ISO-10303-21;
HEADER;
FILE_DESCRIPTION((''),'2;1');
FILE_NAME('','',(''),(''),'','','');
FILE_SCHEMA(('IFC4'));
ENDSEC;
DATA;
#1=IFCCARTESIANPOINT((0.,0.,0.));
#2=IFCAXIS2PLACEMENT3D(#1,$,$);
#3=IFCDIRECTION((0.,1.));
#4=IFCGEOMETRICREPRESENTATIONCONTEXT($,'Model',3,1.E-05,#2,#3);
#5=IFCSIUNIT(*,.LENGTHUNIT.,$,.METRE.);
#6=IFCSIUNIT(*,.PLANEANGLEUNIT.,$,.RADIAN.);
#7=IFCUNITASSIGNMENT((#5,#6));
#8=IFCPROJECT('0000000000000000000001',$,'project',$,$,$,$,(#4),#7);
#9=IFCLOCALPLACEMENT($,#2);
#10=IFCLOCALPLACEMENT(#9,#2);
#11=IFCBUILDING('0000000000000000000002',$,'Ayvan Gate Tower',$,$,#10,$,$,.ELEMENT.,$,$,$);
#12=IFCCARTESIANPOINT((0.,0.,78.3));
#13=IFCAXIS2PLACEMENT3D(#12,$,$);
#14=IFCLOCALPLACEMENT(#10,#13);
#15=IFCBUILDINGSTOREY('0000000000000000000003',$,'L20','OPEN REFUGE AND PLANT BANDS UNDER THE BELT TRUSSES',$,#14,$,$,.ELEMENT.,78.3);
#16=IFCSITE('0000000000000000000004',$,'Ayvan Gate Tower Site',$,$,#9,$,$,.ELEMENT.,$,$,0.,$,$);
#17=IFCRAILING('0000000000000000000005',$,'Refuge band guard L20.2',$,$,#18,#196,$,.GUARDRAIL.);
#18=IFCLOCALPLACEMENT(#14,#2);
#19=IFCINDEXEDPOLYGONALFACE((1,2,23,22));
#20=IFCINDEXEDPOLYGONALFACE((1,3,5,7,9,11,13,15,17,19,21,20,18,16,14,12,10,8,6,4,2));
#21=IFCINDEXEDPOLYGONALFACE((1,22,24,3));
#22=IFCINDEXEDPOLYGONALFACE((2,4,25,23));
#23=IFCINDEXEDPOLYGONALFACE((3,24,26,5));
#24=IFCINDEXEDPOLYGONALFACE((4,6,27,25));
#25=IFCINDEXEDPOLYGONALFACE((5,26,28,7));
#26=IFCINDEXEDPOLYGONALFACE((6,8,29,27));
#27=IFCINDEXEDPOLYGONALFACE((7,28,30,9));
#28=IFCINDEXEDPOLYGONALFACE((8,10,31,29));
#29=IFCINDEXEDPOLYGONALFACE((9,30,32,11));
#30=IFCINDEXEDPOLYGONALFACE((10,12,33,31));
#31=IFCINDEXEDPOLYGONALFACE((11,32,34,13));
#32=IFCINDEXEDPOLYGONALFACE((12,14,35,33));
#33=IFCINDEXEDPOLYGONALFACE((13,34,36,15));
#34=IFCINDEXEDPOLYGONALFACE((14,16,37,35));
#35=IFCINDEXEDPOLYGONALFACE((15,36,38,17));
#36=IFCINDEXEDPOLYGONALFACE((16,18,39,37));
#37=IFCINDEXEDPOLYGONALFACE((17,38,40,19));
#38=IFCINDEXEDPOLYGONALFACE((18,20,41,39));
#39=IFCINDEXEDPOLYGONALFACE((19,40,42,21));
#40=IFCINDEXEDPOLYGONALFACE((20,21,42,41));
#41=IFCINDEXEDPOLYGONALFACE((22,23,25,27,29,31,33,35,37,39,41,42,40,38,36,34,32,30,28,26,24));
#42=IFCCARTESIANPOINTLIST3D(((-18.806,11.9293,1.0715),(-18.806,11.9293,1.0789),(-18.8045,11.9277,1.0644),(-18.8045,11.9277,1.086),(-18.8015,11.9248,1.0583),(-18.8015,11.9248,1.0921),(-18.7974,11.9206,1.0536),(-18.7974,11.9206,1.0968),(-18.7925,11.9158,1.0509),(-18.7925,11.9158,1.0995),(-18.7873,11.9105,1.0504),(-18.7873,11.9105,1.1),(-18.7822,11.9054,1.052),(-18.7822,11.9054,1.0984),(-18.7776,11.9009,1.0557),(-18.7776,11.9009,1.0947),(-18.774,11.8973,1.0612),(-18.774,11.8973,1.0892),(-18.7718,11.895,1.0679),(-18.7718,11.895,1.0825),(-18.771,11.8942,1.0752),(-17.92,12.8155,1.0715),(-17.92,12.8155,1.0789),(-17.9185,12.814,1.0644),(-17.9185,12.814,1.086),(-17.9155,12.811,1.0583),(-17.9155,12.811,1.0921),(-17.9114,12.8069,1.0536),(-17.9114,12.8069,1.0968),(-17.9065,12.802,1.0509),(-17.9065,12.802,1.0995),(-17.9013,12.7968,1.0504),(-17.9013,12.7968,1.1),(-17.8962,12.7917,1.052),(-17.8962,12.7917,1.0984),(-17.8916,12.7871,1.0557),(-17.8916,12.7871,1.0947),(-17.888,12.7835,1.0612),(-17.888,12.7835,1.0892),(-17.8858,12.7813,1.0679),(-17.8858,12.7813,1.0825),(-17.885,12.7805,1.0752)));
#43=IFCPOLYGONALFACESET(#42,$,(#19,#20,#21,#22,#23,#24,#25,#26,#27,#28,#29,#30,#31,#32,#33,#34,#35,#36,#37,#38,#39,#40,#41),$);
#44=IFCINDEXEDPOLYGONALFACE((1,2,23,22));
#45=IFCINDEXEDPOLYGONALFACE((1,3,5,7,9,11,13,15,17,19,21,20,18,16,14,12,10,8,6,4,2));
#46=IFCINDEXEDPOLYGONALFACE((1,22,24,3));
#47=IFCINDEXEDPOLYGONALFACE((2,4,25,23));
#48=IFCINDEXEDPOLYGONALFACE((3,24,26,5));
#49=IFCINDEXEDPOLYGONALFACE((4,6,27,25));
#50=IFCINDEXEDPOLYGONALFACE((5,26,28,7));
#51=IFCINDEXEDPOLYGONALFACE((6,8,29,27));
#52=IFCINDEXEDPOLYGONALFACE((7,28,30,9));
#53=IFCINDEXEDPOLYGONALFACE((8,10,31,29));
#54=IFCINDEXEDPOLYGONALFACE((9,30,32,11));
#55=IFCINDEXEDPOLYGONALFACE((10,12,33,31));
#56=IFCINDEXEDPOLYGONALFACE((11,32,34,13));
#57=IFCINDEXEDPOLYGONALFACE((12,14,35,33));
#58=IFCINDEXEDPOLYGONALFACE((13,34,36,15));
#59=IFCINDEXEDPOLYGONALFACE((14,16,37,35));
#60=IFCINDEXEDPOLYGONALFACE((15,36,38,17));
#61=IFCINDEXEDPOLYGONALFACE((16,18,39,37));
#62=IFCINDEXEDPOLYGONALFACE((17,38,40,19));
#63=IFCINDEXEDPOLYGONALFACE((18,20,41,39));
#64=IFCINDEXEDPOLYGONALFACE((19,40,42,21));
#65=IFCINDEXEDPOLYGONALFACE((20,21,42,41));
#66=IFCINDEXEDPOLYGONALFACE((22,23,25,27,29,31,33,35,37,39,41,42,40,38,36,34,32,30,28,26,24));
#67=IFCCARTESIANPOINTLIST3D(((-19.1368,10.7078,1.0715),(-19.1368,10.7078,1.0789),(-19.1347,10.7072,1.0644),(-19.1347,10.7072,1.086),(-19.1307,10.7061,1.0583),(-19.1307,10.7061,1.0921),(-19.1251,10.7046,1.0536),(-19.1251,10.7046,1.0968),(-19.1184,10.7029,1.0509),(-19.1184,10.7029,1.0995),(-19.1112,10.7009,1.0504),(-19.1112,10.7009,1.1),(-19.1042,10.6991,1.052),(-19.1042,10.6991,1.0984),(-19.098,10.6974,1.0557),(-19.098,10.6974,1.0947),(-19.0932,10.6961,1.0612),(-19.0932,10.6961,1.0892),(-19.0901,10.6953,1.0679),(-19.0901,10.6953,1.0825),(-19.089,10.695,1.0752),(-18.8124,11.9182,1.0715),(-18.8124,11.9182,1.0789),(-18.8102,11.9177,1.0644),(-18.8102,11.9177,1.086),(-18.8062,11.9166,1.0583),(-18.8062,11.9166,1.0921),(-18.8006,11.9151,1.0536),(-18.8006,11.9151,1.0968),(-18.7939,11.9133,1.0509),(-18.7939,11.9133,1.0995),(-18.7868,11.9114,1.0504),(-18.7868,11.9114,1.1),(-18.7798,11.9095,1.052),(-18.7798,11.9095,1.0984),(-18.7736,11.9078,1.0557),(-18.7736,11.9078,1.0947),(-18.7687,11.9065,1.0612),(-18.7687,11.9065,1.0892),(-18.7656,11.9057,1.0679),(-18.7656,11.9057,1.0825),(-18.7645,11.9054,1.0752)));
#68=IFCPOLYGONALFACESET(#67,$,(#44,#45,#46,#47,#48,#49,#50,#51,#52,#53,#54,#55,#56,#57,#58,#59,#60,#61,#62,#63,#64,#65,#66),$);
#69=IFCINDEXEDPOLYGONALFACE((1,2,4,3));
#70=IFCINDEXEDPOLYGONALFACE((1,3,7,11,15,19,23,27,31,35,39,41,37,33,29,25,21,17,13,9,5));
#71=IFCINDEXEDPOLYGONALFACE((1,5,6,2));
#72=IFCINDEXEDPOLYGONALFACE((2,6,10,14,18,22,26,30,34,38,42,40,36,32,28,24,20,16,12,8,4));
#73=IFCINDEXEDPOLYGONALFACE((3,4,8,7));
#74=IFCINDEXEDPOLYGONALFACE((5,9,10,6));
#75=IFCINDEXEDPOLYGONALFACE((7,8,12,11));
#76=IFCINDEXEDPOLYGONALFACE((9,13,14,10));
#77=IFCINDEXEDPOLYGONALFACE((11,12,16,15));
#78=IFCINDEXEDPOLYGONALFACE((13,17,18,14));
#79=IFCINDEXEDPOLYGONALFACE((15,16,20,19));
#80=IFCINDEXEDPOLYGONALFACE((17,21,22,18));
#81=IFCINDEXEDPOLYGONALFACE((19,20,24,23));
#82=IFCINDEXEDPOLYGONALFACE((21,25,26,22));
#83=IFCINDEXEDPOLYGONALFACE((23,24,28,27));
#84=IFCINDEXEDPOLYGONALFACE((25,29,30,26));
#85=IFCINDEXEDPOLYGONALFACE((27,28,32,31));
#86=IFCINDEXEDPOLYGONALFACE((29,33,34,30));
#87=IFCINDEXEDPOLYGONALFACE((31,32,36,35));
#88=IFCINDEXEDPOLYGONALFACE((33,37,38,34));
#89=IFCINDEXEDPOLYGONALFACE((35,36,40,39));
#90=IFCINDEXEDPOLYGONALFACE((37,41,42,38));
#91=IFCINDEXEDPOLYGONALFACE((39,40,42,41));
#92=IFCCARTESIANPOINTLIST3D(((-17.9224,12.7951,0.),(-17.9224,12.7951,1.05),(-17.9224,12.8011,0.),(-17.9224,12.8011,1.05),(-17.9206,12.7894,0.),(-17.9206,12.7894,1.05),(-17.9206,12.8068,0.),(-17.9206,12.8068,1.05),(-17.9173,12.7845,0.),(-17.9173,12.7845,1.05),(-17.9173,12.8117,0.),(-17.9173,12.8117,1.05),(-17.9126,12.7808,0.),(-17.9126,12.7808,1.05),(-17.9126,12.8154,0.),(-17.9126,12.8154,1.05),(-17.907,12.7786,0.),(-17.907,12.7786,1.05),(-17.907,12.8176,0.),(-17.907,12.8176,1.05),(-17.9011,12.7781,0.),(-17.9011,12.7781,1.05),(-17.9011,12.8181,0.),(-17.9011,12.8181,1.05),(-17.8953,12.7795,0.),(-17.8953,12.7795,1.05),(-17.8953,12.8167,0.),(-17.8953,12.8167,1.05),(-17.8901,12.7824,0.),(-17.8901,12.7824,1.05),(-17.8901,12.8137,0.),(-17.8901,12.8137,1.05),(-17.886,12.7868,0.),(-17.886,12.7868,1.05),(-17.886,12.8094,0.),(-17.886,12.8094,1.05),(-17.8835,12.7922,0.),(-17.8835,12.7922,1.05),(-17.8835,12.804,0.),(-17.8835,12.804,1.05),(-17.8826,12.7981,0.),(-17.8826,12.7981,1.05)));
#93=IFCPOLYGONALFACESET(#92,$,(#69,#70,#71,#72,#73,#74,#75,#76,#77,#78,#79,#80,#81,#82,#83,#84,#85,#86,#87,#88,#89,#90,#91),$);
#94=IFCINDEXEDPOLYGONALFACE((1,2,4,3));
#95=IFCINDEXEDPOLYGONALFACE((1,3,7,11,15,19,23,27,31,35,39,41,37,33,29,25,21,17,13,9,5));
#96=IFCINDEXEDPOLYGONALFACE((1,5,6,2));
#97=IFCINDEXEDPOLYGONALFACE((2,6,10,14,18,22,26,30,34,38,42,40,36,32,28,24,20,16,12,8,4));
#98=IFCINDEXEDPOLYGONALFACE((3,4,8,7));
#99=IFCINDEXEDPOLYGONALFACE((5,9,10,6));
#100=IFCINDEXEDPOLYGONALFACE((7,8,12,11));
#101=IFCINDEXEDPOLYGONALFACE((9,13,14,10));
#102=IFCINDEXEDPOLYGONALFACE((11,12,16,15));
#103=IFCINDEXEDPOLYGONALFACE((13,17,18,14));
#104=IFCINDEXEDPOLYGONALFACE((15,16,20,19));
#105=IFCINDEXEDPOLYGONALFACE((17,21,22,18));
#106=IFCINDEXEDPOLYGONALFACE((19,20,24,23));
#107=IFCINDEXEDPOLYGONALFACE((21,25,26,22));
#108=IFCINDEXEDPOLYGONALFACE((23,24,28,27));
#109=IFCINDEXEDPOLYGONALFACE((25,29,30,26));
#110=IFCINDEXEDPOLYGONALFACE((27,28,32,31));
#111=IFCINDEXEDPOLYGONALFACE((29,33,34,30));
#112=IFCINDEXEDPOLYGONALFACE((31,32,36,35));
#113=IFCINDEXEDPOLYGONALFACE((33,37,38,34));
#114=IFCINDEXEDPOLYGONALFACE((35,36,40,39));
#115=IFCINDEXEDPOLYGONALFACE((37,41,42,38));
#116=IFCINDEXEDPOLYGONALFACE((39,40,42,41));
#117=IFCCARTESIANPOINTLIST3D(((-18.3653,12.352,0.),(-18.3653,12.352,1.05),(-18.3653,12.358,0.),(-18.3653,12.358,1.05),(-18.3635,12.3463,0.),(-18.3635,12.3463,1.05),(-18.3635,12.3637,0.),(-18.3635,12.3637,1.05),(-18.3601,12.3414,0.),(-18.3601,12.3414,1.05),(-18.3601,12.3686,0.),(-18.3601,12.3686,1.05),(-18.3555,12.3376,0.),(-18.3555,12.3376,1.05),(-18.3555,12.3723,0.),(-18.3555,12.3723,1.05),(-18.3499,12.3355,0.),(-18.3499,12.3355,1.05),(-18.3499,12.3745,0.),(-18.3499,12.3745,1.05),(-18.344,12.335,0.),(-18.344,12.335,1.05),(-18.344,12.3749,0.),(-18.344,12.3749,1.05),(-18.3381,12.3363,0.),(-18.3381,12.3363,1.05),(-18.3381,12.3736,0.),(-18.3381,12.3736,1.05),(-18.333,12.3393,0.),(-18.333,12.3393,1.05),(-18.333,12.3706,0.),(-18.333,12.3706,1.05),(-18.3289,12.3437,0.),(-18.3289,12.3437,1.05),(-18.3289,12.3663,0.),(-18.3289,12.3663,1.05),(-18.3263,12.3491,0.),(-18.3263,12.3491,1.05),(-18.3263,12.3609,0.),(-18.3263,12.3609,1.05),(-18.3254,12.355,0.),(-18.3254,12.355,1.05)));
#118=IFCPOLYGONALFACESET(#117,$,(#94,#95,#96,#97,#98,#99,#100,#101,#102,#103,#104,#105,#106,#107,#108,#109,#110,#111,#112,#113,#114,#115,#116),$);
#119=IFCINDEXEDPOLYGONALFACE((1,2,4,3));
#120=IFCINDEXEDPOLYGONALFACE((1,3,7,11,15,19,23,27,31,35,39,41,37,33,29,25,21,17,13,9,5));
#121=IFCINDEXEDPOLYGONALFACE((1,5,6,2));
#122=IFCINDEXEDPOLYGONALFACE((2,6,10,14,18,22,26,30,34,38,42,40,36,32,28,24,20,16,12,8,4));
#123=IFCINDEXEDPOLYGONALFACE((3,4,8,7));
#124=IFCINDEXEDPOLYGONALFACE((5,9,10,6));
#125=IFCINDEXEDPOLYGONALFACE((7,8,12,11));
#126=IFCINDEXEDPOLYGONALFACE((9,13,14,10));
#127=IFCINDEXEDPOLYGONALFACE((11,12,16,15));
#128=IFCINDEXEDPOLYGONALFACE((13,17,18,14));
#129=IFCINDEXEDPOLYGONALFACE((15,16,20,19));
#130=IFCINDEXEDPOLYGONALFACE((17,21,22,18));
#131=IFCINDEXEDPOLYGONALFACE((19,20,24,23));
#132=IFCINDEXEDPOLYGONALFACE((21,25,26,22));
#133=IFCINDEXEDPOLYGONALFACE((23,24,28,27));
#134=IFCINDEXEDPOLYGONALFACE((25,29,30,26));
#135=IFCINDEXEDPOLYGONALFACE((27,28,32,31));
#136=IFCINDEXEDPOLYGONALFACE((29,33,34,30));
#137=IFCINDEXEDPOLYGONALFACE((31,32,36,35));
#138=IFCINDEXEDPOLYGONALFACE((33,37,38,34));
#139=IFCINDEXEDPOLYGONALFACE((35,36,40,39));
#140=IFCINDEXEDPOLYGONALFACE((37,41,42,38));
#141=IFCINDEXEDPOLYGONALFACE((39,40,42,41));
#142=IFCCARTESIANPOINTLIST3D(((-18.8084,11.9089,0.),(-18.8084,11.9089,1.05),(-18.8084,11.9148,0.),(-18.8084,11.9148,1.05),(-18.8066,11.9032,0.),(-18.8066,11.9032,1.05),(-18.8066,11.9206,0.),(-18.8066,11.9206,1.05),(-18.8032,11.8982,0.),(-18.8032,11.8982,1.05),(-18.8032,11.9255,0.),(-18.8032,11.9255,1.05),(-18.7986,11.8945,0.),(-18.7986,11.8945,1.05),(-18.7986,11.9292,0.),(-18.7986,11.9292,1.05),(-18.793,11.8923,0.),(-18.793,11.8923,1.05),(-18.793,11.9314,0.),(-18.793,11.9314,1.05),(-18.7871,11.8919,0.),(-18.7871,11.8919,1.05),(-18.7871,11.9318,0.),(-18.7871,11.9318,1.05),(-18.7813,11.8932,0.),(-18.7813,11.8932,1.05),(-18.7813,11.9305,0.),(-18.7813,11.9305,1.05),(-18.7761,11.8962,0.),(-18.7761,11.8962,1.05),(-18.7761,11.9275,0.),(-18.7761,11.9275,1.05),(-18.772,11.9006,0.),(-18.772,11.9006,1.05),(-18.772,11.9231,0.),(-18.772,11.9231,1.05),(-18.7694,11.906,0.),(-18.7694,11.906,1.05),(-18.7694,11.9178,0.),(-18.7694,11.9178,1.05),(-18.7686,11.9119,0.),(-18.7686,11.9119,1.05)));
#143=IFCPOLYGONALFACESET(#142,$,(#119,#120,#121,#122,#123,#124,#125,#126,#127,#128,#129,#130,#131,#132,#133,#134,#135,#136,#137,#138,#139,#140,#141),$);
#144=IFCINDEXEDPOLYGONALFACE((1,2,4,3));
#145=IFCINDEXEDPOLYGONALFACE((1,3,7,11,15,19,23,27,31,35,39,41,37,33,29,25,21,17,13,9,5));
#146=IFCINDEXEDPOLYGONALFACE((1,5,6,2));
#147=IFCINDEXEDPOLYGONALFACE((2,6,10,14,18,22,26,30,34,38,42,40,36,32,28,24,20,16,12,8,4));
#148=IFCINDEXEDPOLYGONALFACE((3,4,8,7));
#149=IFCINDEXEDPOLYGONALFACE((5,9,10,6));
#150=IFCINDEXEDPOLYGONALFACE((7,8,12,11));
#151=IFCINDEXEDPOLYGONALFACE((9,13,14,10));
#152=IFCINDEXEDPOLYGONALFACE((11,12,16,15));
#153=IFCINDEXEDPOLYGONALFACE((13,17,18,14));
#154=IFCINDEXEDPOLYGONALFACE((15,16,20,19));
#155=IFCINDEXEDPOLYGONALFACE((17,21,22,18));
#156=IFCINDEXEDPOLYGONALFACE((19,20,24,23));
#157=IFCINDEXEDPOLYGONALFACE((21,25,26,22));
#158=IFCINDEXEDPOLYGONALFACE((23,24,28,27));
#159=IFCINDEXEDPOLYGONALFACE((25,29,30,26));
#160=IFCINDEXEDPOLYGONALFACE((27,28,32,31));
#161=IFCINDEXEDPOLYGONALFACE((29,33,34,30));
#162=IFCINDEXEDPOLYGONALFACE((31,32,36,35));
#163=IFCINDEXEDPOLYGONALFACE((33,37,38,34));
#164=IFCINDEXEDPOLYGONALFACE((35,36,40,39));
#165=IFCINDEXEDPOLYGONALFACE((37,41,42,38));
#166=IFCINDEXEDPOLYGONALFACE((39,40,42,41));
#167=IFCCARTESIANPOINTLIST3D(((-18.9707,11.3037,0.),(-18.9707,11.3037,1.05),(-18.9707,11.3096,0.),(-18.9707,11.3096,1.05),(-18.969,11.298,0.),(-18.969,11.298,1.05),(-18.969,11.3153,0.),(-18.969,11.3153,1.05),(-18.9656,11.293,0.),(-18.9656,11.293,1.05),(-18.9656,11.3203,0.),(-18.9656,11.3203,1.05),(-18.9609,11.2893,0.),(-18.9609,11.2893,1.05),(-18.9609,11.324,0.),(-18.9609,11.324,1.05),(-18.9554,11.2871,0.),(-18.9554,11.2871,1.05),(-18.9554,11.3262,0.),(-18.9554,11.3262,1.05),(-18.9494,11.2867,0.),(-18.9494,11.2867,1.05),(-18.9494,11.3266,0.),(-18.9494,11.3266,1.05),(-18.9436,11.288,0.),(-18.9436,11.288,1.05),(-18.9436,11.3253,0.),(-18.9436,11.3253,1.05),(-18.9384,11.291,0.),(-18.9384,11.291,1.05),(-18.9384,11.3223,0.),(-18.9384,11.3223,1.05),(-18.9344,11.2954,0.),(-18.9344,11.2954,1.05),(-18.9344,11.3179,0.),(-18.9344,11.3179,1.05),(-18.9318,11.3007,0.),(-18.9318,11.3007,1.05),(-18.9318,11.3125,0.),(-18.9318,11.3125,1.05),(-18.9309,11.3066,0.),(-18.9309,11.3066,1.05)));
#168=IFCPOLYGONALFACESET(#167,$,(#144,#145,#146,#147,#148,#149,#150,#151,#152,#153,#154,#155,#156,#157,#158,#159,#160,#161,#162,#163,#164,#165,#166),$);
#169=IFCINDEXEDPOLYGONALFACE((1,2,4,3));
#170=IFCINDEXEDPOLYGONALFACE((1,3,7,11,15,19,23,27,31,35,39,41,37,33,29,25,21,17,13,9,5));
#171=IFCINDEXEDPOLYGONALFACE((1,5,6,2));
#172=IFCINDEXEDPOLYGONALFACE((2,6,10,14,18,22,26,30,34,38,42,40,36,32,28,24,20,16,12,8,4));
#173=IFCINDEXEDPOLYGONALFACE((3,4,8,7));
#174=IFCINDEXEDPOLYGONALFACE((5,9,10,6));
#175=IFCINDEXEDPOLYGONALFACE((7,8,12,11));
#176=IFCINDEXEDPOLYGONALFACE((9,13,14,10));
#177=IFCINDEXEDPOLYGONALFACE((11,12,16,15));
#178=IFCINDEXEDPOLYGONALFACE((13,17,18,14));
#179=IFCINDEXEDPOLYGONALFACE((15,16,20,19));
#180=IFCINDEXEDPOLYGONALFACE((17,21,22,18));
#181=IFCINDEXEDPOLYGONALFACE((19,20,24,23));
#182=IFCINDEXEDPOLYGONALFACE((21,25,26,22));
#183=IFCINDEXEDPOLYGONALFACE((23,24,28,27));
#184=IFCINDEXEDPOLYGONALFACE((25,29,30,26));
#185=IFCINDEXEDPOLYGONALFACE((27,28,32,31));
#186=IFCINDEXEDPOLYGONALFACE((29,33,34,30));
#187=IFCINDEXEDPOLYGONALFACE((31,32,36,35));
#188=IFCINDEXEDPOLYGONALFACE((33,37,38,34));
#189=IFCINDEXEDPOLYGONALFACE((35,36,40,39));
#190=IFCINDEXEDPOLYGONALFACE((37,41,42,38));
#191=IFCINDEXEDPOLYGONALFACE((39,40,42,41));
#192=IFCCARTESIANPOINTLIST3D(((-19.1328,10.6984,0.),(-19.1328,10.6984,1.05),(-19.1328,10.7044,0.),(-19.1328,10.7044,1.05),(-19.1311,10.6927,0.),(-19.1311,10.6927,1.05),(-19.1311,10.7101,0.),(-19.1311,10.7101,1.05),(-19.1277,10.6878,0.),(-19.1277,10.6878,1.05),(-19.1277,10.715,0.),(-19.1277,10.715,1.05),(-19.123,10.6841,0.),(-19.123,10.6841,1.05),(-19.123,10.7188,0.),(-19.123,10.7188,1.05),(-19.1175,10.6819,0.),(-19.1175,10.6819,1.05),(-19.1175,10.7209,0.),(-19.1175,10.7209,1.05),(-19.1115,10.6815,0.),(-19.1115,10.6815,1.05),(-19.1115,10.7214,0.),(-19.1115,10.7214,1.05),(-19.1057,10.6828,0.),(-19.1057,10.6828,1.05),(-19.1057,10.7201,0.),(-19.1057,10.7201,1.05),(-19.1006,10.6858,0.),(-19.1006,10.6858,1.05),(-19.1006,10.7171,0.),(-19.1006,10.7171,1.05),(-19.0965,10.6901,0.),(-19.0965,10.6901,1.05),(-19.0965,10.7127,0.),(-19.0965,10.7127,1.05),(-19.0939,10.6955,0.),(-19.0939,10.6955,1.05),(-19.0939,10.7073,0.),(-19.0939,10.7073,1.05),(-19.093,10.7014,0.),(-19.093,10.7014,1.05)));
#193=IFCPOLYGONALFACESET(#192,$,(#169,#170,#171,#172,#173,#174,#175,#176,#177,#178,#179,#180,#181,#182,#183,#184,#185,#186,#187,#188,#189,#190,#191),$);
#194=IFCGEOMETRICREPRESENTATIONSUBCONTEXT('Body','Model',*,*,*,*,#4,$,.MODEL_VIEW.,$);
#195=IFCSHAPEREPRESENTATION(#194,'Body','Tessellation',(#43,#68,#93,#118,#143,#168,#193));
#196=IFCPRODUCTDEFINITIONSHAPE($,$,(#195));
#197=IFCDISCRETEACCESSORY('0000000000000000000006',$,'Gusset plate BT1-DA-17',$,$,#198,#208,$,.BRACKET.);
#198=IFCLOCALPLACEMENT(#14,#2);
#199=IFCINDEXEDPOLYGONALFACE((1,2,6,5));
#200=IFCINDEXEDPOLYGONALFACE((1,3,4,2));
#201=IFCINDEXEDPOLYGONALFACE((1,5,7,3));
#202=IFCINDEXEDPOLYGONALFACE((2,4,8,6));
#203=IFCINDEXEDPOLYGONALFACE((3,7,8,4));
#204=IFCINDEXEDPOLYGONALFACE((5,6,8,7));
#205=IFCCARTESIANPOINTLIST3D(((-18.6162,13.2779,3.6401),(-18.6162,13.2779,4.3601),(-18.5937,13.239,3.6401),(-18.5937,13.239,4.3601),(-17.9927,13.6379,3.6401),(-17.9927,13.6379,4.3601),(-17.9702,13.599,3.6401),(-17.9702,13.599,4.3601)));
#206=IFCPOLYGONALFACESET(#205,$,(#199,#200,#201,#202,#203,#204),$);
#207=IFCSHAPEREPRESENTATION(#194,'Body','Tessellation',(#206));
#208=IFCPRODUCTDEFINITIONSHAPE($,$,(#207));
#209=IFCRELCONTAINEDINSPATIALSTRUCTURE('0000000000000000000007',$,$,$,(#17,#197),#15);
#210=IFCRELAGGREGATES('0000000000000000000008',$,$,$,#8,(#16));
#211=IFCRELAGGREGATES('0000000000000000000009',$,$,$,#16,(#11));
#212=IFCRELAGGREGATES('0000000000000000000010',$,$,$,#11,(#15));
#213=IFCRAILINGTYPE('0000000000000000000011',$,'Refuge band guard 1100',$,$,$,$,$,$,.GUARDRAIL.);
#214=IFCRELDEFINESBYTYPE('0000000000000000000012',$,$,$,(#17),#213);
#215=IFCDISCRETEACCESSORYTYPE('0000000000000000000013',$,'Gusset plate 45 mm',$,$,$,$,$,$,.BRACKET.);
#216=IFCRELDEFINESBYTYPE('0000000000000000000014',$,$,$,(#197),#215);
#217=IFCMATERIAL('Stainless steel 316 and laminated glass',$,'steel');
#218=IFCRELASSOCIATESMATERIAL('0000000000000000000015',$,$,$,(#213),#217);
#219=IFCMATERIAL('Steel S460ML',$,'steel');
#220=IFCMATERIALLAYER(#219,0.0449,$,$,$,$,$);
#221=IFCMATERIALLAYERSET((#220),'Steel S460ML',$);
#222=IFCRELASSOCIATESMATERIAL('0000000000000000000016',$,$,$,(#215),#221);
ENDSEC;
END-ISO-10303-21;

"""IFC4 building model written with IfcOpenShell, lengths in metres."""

from ifc_helpers import new_model, si_unit, direction, frame, origin, origin_2d, place, context, subcontext, project, spatial, rectangle, circle, extrude, material, layer, layer_set, type_object, element, save


model = new_model("IFC4")

# Units and contexts
model_context = context("Model", 3, precision=1e-05, world=origin(), true_north=direction((0.0, 1.0)))
body_context = subcontext(model_context, "Body", "Model", "MODEL_VIEW")
ifc_project = project(units=[si_unit("LENGTHUNIT", "METRE"), si_unit("PLANEANGLEUNIT", "RADIAN")], contexts=[model_context])

# Site, building, storey
site_placement = place(None, origin())
site = spatial("IfcSite", under=ifc_project, at=site_placement, Name="Ayvan Gate Tower Site", CompositionType="ELEMENT", RefElevation=0.0)
building_placement = place(site_placement, origin())
building = spatial("IfcBuilding", under=site, at=building_placement, Name="Ayvan Gate Tower", CompositionType="ELEMENT")
storey_placement = place(building_placement, frame((0.0, 0.0, 78.3)))
storey = spatial("IfcBuildingStorey", under=building, at=storey_placement, Name="L20", Description="OPEN REFUGE AND PLANT BANDS UNDER THE BELT TRUSSES", CompositionType="ELEMENT", Elevation=78.3)

# Shared definitions
ifc_material_1 = material(Name="Steel S460ML", Category="steel")

# Railing
ifc_material_2 = material(Name="Stainless steel 316 and laminated glass", Category="steel")
railing_type = type_object("IfcRailingType", Name="Refuge band guard 1100", PredefinedType="GUARDRAIL", material=ifc_material_2)
railing_1_placement = place(storey_placement, frame((-17.9026, 12.7981, 0.0)))
element("IfcRailing", 1, at=railing_1_placement, inside=storey, type_object=railing_type, Name="Refuge band guard L20.2", PredefinedType="GUARDRAIL", context=body_context, shape_type="SweptSolid", body=[
    extrude(circle(Radius=0.0249, at=origin_2d()), frame((0.0, 0.0, 1.0752), z_axis=(-0.707009, -0.707204, 0.0), x_axis=(0.707204, -0.707009, 0.0)), (0.0, 0.0, 1.0), 1.2532),
    extrude(circle(Radius=0.0249, at=origin_2d()), frame((-0.886, -0.8862, 1.0752), z_axis=(-0.258911, -0.965901, 0.0), x_axis=(0.965901, -0.258911, 0.0)), (0.0, 0.0, 1.0), 1.2532),
    extrude(circle(Radius=0.02, at=origin_2d()), origin(), (0.0, 0.0, 1.0), 1.05),
    extrude(circle(Radius=0.02, at=origin_2d()), frame((-0.4429, -0.4431, 0.0)), (0.0, 0.0, 1.0), 1.05),
    extrude(circle(Radius=0.02, at=origin_2d()), frame((-0.886, -0.8862, 0.0)), (0.0, 0.0, 1.0), 1.05),
    extrude(circle(Radius=0.02, at=origin_2d()), frame((-1.0483, -1.4915, 0.0)), (0.0, 0.0, 1.0), 1.05),
    extrude(circle(Radius=0.02, at=origin_2d()), frame((-1.2104, -2.0967, 0.0)), (0.0, 0.0, 1.0), 1.05),
])

# Discrete accessory
ifc_layer_1 = layer(ifc_material_1, 0.0449)
ifc_layer_set_1 = layer_set([ifc_layer_1], Name="Steel S460ML")
discrete_accessory_type = type_object("IfcDiscreteAccessoryType", Name="Gusset plate 45 mm", PredefinedType="BRACKET", material=ifc_layer_set_1)
for number, where, z_axis, x_axis, name in (
    (2, (-18.2932, 13.4385, 3.6401), (0.0, 0.0, 1.0), (0.866025, 0.5, 0.0), "Gusset plate BT1-DA-17"),
):
    element("IfcDiscreteAccessory", number, at=place(storey_placement, frame(where, z_axis=z_axis, x_axis=x_axis)), inside=storey, type_object=discrete_accessory_type, Name=name, PredefinedType="BRACKET", context=body_context, shape_type="SweptSolid", body=[
        extrude(rectangle(XDim=0.72, YDim=0.0449, at=origin_2d()), origin(), (0.0, 0.0, 1.0), 0.72),
    ])

save(model, "model.ifc")
